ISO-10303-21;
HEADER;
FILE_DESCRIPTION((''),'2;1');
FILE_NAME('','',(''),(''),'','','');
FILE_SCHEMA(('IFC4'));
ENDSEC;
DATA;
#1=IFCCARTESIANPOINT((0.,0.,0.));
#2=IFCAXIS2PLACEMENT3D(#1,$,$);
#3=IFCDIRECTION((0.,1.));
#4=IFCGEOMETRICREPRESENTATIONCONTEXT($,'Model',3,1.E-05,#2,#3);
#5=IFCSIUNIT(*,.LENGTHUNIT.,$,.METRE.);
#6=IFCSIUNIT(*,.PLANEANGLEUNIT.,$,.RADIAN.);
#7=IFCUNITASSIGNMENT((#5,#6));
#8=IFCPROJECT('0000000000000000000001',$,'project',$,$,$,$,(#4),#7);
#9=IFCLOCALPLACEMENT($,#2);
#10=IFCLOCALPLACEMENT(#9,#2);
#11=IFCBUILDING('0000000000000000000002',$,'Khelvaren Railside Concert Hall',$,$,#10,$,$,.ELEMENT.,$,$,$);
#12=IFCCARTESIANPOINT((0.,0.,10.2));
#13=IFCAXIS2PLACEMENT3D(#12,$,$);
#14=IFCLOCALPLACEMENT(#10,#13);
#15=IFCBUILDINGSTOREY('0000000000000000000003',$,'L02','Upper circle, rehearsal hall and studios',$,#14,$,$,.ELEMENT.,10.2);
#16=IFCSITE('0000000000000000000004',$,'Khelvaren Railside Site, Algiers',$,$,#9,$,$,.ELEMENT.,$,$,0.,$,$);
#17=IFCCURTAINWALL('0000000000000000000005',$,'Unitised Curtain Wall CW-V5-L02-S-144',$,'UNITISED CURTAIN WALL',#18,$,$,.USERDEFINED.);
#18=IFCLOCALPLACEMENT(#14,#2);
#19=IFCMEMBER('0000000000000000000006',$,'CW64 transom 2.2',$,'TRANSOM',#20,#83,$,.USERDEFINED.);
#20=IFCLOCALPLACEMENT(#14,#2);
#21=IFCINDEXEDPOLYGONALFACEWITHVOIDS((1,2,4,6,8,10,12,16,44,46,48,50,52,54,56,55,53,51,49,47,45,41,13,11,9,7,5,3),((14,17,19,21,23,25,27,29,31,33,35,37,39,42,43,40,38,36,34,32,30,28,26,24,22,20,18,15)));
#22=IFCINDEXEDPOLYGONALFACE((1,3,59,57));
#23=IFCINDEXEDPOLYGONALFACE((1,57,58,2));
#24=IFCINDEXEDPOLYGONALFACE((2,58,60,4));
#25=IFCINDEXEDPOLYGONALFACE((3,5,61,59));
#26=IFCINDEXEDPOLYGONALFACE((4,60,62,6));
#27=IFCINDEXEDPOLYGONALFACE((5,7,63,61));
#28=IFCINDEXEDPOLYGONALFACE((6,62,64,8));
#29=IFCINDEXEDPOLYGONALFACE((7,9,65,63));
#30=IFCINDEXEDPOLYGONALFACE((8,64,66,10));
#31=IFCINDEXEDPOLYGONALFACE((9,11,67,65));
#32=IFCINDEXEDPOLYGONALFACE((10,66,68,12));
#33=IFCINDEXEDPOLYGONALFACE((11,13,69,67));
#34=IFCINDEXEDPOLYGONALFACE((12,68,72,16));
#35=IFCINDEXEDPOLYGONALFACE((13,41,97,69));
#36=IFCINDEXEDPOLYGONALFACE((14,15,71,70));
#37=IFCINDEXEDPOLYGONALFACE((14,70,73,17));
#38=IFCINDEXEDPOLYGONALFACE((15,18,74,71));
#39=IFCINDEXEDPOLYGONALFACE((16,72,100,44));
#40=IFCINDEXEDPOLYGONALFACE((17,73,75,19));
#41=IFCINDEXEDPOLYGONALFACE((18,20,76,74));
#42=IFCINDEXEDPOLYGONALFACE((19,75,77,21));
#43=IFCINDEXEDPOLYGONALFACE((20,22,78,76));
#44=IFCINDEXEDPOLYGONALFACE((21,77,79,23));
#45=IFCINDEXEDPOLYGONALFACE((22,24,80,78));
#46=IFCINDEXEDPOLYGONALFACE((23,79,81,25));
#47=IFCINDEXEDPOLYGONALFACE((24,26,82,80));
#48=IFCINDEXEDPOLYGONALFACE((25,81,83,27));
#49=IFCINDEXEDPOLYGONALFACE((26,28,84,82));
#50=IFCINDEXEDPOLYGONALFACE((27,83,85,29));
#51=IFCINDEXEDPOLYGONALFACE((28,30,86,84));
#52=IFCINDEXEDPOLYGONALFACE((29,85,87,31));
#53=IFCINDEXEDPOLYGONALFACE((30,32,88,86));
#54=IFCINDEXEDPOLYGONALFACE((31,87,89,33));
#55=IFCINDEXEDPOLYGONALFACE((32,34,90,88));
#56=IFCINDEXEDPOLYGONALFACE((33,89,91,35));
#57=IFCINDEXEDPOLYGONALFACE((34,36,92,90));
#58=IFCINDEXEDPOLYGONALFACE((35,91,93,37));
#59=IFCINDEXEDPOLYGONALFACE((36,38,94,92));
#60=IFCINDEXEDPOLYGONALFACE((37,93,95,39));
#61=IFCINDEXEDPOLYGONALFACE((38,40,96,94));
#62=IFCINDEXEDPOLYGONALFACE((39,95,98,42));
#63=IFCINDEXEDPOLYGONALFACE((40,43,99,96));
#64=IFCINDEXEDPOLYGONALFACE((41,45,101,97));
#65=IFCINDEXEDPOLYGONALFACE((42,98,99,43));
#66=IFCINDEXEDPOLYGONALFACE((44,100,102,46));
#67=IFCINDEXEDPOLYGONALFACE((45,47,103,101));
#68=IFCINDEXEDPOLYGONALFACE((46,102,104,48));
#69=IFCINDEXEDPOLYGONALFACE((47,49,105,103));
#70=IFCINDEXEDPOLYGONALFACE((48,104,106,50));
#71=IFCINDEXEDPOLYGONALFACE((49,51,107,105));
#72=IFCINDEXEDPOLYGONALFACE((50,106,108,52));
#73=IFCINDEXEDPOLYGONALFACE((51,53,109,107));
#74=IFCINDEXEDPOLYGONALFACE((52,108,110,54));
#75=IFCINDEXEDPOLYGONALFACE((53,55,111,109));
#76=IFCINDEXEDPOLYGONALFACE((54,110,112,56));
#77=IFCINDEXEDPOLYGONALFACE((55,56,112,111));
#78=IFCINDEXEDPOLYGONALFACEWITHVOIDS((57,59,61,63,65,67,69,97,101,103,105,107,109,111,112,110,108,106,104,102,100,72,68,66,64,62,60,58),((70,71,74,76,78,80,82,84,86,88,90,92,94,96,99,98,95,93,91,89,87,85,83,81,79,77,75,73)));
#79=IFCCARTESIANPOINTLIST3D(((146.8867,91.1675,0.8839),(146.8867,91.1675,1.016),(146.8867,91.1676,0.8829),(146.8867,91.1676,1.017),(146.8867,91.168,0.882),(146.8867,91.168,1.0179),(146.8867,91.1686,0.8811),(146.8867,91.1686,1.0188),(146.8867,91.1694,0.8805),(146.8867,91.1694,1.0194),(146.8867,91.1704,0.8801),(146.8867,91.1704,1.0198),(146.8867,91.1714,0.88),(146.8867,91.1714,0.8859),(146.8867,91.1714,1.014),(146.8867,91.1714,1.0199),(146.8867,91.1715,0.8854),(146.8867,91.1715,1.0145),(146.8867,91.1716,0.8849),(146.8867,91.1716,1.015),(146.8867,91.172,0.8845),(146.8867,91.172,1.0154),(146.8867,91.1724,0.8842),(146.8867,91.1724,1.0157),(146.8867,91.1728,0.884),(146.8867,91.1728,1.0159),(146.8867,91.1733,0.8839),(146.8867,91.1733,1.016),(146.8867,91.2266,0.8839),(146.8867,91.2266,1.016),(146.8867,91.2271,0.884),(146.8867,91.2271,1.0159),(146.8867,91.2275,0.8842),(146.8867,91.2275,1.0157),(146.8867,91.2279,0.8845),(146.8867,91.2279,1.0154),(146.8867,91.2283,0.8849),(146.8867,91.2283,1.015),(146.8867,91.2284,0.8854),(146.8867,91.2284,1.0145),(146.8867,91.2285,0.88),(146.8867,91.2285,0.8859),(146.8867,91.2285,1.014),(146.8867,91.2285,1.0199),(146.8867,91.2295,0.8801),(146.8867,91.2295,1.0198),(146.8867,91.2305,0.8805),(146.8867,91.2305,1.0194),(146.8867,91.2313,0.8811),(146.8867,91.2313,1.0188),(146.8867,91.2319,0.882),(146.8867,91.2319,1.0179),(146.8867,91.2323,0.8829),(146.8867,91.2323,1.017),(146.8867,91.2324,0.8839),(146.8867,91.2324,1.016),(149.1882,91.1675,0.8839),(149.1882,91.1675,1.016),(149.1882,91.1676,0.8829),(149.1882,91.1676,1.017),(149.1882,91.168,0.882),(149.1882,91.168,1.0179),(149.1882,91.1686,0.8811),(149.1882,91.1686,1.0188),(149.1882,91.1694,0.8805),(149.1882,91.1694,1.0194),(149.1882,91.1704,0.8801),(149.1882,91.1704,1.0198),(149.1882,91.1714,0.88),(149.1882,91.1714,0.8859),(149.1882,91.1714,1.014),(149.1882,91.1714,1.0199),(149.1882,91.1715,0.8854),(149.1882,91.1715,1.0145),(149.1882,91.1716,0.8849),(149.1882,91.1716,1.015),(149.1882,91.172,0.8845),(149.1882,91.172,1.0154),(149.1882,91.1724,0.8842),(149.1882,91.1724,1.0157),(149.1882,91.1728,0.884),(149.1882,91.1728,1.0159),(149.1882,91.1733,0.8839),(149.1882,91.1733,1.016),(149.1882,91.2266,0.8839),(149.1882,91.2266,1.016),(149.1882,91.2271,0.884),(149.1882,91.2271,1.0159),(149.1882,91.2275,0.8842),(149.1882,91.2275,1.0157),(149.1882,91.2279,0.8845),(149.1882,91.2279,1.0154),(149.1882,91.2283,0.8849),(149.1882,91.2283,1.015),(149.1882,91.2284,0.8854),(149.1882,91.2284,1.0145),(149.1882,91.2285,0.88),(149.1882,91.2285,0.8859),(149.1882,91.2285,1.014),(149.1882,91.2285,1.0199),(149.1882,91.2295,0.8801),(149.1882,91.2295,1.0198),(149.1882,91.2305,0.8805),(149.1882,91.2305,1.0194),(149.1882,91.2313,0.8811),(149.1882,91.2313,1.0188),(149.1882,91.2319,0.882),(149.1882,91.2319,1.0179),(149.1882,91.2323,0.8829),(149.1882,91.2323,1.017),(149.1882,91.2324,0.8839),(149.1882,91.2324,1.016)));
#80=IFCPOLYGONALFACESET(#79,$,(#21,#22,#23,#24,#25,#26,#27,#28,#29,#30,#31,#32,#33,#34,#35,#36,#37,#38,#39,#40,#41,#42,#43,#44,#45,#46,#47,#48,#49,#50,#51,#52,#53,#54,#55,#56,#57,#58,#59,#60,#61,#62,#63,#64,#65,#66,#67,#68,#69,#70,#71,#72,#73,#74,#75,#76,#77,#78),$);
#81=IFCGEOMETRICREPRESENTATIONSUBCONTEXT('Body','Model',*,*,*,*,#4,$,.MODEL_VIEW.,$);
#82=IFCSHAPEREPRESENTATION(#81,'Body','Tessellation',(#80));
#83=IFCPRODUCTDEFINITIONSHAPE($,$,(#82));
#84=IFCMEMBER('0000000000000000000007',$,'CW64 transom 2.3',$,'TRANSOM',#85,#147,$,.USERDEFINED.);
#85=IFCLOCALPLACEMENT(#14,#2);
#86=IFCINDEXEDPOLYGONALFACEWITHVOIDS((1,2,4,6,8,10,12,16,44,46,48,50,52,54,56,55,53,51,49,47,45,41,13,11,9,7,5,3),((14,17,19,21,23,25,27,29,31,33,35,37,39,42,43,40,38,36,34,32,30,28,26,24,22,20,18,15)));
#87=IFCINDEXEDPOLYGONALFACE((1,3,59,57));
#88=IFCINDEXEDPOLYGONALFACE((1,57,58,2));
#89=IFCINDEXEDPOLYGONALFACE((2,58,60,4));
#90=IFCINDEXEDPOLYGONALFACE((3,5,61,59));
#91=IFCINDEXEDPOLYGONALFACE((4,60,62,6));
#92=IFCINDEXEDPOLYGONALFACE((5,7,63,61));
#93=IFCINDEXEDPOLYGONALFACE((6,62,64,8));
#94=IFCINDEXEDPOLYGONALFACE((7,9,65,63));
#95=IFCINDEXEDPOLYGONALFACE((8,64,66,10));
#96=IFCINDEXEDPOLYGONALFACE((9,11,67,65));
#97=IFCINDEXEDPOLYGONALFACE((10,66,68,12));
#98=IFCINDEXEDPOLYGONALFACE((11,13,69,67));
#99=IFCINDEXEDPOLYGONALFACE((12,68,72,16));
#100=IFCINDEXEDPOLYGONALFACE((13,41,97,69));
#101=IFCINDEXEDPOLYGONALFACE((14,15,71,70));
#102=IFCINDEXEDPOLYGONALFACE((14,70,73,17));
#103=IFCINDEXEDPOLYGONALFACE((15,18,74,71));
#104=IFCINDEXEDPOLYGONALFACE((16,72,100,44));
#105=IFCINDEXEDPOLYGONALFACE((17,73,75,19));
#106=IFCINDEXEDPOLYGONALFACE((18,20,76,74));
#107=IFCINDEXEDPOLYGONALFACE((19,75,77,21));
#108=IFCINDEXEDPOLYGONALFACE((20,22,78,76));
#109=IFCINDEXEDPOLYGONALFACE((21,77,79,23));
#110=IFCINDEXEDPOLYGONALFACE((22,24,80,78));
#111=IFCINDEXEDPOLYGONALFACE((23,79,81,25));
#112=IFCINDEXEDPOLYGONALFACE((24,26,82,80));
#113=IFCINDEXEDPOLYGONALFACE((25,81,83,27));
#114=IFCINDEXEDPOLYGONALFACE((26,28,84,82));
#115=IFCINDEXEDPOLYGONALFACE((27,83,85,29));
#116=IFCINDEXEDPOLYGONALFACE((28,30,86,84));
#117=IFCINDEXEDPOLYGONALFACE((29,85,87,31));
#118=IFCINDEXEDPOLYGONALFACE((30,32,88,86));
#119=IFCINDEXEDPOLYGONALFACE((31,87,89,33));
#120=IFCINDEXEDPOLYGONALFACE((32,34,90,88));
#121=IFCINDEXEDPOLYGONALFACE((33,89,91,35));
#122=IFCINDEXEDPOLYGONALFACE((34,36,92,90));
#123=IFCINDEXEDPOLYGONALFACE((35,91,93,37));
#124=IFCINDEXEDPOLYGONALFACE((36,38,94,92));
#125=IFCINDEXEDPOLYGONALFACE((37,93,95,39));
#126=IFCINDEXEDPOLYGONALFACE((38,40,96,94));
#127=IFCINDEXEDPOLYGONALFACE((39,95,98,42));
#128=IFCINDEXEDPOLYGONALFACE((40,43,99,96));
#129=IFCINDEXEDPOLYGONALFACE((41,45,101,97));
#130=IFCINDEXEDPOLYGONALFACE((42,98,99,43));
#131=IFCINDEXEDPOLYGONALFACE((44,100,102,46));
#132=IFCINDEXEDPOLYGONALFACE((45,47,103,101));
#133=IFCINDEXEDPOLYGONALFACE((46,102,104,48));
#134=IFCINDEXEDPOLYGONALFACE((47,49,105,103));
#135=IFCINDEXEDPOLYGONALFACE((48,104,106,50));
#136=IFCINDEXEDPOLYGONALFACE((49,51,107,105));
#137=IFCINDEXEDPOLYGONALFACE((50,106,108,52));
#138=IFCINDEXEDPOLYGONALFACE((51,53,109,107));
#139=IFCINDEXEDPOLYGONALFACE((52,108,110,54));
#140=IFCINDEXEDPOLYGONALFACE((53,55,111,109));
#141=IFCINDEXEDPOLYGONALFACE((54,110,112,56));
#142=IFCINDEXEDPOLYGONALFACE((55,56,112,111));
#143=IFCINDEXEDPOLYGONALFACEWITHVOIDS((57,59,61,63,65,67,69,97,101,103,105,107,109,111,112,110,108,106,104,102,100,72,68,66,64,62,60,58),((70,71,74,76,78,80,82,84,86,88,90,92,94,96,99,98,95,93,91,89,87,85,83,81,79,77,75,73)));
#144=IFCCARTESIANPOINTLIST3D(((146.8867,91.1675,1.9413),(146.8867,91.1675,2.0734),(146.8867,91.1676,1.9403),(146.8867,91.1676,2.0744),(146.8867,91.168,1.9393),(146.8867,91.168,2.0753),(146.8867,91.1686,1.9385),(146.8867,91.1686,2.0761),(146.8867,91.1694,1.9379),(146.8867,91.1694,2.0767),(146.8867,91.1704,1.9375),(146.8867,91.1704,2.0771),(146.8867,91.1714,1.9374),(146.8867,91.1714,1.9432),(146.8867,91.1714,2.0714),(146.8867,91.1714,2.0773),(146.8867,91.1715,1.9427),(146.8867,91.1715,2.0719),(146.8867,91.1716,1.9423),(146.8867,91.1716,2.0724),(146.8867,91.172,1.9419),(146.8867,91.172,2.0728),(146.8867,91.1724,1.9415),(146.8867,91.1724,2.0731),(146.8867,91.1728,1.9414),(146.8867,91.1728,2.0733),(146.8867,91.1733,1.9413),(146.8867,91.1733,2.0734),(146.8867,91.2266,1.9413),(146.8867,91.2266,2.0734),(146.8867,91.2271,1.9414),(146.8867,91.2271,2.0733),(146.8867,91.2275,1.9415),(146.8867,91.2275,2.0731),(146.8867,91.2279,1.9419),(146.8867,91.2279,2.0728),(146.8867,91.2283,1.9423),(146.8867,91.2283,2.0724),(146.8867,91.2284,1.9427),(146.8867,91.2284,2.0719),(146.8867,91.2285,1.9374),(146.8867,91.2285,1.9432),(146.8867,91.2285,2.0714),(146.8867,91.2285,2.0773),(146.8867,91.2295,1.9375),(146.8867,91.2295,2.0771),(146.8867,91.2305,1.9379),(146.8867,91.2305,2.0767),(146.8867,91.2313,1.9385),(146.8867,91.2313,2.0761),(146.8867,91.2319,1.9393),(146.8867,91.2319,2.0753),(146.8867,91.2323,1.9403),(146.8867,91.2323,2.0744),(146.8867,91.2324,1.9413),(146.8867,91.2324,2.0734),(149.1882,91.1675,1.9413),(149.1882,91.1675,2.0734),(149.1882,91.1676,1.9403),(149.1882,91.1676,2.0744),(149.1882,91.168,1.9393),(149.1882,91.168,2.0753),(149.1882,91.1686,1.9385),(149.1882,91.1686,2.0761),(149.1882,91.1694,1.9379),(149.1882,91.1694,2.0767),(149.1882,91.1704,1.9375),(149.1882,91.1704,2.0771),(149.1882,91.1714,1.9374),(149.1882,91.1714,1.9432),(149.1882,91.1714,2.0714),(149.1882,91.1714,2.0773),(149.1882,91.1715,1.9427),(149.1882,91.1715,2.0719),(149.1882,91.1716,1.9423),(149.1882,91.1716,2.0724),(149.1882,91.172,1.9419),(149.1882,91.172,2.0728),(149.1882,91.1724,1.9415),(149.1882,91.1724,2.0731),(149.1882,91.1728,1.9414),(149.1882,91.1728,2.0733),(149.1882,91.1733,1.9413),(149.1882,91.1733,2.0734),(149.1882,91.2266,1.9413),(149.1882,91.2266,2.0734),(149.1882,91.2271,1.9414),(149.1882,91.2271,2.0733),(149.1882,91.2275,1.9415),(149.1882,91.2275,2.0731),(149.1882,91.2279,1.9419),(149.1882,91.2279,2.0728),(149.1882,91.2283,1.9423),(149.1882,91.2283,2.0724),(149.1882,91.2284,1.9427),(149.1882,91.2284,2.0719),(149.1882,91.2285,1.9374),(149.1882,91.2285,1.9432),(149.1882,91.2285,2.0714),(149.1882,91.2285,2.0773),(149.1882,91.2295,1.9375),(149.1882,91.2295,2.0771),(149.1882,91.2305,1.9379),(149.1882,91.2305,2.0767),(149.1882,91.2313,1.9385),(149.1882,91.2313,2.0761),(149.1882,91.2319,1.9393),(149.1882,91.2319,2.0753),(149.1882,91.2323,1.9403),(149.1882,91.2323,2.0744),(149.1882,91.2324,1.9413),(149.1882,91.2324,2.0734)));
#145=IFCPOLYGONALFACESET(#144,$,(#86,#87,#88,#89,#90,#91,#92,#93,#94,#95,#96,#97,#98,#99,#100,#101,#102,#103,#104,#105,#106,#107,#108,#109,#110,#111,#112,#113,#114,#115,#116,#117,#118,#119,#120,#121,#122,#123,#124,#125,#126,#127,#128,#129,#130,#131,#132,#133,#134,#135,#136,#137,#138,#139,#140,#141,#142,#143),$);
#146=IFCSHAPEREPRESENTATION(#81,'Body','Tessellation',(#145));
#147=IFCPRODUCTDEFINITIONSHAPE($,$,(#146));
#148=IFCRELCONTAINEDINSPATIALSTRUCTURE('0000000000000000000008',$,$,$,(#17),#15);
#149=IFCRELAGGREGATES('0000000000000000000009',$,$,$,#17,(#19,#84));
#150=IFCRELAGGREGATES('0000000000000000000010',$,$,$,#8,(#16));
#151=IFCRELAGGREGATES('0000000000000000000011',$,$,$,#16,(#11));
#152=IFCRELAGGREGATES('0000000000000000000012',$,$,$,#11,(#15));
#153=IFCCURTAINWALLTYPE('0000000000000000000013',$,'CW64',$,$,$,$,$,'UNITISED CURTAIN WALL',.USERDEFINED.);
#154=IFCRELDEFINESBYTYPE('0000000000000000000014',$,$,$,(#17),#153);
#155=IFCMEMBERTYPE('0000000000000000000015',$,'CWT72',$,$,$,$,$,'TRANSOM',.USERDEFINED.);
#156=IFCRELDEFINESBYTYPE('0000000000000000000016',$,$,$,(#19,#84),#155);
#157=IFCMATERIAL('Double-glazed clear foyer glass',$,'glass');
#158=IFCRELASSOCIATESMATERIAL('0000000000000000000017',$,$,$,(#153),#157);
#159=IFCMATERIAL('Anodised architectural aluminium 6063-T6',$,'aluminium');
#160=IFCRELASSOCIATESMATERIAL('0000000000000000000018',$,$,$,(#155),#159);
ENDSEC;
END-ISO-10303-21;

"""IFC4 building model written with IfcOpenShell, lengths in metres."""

from ifc_helpers import new_model, si_unit, direction, frame, origin, origin_2d, place, context, subcontext, project, spatial, hollow_rectangle, extrude, material, material_profile, profile_set, type_object, element, aggregate, save


model = new_model("IFC4")

# Units and contexts
model_context = context("Model", 3, precision=1e-05, world=origin(), true_north=direction((0.0, 1.0)))
body_context = subcontext(model_context, "Body", "Model", "MODEL_VIEW")
ifc_project = project(units=[si_unit("LENGTHUNIT", "METRE"), si_unit("PLANEANGLEUNIT", "RADIAN")], contexts=[model_context])

# Site, building, storey
site_placement = place(None, origin())
site = spatial("IfcSite", under=ifc_project, at=site_placement, Name="Khelvaren Railside Site, Algiers", CompositionType="ELEMENT", RefElevation=0.0)
building_placement = place(site_placement, origin())
building = spatial("IfcBuilding", under=site, at=building_placement, Name="Khelvaren Railside Concert Hall", CompositionType="ELEMENT")
storey_placement = place(building_placement, frame((0.0, 0.0, 10.2)))
storey = spatial("IfcBuildingStorey", under=building, at=storey_placement, Name="L02", Description="Upper circle, rehearsal hall and studios", CompositionType="ELEMENT", Elevation=10.2)

# Curtain wall
ifc_material_1 = material(Name="Double-glazed clear foyer glass", Category="glass")
curtain_wall_type_1 = type_object("IfcCurtainWallType", Name="CW64", ElementType="UNITISED CURTAIN WALL", PredefinedType="USERDEFINED", material=ifc_material_1)
curtain_wall_1_placement = place(storey_placement, origin())
curtain_wall_1 = element("IfcCurtainWall", 1, at=curtain_wall_1_placement, inside=storey, type_object=curtain_wall_type_1, Name="Unitised Curtain Wall CW-V5-L02-S-144", ObjectType="UNITISED CURTAIN WALL", PredefinedType="USERDEFINED")
ifc_material_2 = material(Name="Anodised architectural aluminium 6063-T6", Category="aluminium")

# Members
ifc_material_profile_1 = material_profile(ifc_material_2, hollow_rectangle(XDim=0.0649, YDim=0.1399, WallThickness=0.0039, InnerFilletRadius=0.002, OuterFilletRadius=0.0039, at=origin_2d()), Name="CWT 65x140x4")
ifc_profile_set_1 = profile_set([ifc_material_profile_1], Name="Anodised architectural aluminium 6063-T6")
member_type_1 = type_object("IfcMemberType", Name="CWT72", ElementType="TRANSOM", PredefinedType="USERDEFINED", material=ifc_profile_set_1)
member_1_placement = place(storey_placement, frame((149.1882, 91.2, 0.95), z_axis=(-1.0, 0.0, 0.0), x_axis=(0.0, -1.0, 0.0)))
member_1 = element("IfcMember", 2, at=member_1_placement, type_object=member_type_1, Name="CW64 transom 2.2", ObjectType="TRANSOM", PredefinedType="USERDEFINED", context=body_context, shape_type="SweptSolid", body=[
    extrude(hollow_rectangle(XDim=0.0649, YDim=0.1399, WallThickness=0.0039, InnerFilletRadius=0.002, OuterFilletRadius=0.0039, at=origin_2d()), origin(), (0.0, 0.0, 1.0), 2.3015),
])
member_2_placement = place(storey_placement, frame((149.1882, 91.2, 2.0073), z_axis=(-1.0, 0.0, 0.0), x_axis=(0.0, -1.0, 0.0)))
member_2 = element("IfcMember", 3, at=member_2_placement, type_object=member_type_1, Name="CW64 transom 2.3", ObjectType="TRANSOM", PredefinedType="USERDEFINED", context=body_context, shape_type="SweptSolid", body=[
    extrude(hollow_rectangle(XDim=0.0649, YDim=0.1399, WallThickness=0.0039, InnerFilletRadius=0.002, OuterFilletRadius=0.0039, at=origin_2d()), origin(), (0.0, 0.0, 1.0), 2.3015),
])

aggregate(curtain_wall_1, [member_1, member_2])

save(model, "model.ifc")
